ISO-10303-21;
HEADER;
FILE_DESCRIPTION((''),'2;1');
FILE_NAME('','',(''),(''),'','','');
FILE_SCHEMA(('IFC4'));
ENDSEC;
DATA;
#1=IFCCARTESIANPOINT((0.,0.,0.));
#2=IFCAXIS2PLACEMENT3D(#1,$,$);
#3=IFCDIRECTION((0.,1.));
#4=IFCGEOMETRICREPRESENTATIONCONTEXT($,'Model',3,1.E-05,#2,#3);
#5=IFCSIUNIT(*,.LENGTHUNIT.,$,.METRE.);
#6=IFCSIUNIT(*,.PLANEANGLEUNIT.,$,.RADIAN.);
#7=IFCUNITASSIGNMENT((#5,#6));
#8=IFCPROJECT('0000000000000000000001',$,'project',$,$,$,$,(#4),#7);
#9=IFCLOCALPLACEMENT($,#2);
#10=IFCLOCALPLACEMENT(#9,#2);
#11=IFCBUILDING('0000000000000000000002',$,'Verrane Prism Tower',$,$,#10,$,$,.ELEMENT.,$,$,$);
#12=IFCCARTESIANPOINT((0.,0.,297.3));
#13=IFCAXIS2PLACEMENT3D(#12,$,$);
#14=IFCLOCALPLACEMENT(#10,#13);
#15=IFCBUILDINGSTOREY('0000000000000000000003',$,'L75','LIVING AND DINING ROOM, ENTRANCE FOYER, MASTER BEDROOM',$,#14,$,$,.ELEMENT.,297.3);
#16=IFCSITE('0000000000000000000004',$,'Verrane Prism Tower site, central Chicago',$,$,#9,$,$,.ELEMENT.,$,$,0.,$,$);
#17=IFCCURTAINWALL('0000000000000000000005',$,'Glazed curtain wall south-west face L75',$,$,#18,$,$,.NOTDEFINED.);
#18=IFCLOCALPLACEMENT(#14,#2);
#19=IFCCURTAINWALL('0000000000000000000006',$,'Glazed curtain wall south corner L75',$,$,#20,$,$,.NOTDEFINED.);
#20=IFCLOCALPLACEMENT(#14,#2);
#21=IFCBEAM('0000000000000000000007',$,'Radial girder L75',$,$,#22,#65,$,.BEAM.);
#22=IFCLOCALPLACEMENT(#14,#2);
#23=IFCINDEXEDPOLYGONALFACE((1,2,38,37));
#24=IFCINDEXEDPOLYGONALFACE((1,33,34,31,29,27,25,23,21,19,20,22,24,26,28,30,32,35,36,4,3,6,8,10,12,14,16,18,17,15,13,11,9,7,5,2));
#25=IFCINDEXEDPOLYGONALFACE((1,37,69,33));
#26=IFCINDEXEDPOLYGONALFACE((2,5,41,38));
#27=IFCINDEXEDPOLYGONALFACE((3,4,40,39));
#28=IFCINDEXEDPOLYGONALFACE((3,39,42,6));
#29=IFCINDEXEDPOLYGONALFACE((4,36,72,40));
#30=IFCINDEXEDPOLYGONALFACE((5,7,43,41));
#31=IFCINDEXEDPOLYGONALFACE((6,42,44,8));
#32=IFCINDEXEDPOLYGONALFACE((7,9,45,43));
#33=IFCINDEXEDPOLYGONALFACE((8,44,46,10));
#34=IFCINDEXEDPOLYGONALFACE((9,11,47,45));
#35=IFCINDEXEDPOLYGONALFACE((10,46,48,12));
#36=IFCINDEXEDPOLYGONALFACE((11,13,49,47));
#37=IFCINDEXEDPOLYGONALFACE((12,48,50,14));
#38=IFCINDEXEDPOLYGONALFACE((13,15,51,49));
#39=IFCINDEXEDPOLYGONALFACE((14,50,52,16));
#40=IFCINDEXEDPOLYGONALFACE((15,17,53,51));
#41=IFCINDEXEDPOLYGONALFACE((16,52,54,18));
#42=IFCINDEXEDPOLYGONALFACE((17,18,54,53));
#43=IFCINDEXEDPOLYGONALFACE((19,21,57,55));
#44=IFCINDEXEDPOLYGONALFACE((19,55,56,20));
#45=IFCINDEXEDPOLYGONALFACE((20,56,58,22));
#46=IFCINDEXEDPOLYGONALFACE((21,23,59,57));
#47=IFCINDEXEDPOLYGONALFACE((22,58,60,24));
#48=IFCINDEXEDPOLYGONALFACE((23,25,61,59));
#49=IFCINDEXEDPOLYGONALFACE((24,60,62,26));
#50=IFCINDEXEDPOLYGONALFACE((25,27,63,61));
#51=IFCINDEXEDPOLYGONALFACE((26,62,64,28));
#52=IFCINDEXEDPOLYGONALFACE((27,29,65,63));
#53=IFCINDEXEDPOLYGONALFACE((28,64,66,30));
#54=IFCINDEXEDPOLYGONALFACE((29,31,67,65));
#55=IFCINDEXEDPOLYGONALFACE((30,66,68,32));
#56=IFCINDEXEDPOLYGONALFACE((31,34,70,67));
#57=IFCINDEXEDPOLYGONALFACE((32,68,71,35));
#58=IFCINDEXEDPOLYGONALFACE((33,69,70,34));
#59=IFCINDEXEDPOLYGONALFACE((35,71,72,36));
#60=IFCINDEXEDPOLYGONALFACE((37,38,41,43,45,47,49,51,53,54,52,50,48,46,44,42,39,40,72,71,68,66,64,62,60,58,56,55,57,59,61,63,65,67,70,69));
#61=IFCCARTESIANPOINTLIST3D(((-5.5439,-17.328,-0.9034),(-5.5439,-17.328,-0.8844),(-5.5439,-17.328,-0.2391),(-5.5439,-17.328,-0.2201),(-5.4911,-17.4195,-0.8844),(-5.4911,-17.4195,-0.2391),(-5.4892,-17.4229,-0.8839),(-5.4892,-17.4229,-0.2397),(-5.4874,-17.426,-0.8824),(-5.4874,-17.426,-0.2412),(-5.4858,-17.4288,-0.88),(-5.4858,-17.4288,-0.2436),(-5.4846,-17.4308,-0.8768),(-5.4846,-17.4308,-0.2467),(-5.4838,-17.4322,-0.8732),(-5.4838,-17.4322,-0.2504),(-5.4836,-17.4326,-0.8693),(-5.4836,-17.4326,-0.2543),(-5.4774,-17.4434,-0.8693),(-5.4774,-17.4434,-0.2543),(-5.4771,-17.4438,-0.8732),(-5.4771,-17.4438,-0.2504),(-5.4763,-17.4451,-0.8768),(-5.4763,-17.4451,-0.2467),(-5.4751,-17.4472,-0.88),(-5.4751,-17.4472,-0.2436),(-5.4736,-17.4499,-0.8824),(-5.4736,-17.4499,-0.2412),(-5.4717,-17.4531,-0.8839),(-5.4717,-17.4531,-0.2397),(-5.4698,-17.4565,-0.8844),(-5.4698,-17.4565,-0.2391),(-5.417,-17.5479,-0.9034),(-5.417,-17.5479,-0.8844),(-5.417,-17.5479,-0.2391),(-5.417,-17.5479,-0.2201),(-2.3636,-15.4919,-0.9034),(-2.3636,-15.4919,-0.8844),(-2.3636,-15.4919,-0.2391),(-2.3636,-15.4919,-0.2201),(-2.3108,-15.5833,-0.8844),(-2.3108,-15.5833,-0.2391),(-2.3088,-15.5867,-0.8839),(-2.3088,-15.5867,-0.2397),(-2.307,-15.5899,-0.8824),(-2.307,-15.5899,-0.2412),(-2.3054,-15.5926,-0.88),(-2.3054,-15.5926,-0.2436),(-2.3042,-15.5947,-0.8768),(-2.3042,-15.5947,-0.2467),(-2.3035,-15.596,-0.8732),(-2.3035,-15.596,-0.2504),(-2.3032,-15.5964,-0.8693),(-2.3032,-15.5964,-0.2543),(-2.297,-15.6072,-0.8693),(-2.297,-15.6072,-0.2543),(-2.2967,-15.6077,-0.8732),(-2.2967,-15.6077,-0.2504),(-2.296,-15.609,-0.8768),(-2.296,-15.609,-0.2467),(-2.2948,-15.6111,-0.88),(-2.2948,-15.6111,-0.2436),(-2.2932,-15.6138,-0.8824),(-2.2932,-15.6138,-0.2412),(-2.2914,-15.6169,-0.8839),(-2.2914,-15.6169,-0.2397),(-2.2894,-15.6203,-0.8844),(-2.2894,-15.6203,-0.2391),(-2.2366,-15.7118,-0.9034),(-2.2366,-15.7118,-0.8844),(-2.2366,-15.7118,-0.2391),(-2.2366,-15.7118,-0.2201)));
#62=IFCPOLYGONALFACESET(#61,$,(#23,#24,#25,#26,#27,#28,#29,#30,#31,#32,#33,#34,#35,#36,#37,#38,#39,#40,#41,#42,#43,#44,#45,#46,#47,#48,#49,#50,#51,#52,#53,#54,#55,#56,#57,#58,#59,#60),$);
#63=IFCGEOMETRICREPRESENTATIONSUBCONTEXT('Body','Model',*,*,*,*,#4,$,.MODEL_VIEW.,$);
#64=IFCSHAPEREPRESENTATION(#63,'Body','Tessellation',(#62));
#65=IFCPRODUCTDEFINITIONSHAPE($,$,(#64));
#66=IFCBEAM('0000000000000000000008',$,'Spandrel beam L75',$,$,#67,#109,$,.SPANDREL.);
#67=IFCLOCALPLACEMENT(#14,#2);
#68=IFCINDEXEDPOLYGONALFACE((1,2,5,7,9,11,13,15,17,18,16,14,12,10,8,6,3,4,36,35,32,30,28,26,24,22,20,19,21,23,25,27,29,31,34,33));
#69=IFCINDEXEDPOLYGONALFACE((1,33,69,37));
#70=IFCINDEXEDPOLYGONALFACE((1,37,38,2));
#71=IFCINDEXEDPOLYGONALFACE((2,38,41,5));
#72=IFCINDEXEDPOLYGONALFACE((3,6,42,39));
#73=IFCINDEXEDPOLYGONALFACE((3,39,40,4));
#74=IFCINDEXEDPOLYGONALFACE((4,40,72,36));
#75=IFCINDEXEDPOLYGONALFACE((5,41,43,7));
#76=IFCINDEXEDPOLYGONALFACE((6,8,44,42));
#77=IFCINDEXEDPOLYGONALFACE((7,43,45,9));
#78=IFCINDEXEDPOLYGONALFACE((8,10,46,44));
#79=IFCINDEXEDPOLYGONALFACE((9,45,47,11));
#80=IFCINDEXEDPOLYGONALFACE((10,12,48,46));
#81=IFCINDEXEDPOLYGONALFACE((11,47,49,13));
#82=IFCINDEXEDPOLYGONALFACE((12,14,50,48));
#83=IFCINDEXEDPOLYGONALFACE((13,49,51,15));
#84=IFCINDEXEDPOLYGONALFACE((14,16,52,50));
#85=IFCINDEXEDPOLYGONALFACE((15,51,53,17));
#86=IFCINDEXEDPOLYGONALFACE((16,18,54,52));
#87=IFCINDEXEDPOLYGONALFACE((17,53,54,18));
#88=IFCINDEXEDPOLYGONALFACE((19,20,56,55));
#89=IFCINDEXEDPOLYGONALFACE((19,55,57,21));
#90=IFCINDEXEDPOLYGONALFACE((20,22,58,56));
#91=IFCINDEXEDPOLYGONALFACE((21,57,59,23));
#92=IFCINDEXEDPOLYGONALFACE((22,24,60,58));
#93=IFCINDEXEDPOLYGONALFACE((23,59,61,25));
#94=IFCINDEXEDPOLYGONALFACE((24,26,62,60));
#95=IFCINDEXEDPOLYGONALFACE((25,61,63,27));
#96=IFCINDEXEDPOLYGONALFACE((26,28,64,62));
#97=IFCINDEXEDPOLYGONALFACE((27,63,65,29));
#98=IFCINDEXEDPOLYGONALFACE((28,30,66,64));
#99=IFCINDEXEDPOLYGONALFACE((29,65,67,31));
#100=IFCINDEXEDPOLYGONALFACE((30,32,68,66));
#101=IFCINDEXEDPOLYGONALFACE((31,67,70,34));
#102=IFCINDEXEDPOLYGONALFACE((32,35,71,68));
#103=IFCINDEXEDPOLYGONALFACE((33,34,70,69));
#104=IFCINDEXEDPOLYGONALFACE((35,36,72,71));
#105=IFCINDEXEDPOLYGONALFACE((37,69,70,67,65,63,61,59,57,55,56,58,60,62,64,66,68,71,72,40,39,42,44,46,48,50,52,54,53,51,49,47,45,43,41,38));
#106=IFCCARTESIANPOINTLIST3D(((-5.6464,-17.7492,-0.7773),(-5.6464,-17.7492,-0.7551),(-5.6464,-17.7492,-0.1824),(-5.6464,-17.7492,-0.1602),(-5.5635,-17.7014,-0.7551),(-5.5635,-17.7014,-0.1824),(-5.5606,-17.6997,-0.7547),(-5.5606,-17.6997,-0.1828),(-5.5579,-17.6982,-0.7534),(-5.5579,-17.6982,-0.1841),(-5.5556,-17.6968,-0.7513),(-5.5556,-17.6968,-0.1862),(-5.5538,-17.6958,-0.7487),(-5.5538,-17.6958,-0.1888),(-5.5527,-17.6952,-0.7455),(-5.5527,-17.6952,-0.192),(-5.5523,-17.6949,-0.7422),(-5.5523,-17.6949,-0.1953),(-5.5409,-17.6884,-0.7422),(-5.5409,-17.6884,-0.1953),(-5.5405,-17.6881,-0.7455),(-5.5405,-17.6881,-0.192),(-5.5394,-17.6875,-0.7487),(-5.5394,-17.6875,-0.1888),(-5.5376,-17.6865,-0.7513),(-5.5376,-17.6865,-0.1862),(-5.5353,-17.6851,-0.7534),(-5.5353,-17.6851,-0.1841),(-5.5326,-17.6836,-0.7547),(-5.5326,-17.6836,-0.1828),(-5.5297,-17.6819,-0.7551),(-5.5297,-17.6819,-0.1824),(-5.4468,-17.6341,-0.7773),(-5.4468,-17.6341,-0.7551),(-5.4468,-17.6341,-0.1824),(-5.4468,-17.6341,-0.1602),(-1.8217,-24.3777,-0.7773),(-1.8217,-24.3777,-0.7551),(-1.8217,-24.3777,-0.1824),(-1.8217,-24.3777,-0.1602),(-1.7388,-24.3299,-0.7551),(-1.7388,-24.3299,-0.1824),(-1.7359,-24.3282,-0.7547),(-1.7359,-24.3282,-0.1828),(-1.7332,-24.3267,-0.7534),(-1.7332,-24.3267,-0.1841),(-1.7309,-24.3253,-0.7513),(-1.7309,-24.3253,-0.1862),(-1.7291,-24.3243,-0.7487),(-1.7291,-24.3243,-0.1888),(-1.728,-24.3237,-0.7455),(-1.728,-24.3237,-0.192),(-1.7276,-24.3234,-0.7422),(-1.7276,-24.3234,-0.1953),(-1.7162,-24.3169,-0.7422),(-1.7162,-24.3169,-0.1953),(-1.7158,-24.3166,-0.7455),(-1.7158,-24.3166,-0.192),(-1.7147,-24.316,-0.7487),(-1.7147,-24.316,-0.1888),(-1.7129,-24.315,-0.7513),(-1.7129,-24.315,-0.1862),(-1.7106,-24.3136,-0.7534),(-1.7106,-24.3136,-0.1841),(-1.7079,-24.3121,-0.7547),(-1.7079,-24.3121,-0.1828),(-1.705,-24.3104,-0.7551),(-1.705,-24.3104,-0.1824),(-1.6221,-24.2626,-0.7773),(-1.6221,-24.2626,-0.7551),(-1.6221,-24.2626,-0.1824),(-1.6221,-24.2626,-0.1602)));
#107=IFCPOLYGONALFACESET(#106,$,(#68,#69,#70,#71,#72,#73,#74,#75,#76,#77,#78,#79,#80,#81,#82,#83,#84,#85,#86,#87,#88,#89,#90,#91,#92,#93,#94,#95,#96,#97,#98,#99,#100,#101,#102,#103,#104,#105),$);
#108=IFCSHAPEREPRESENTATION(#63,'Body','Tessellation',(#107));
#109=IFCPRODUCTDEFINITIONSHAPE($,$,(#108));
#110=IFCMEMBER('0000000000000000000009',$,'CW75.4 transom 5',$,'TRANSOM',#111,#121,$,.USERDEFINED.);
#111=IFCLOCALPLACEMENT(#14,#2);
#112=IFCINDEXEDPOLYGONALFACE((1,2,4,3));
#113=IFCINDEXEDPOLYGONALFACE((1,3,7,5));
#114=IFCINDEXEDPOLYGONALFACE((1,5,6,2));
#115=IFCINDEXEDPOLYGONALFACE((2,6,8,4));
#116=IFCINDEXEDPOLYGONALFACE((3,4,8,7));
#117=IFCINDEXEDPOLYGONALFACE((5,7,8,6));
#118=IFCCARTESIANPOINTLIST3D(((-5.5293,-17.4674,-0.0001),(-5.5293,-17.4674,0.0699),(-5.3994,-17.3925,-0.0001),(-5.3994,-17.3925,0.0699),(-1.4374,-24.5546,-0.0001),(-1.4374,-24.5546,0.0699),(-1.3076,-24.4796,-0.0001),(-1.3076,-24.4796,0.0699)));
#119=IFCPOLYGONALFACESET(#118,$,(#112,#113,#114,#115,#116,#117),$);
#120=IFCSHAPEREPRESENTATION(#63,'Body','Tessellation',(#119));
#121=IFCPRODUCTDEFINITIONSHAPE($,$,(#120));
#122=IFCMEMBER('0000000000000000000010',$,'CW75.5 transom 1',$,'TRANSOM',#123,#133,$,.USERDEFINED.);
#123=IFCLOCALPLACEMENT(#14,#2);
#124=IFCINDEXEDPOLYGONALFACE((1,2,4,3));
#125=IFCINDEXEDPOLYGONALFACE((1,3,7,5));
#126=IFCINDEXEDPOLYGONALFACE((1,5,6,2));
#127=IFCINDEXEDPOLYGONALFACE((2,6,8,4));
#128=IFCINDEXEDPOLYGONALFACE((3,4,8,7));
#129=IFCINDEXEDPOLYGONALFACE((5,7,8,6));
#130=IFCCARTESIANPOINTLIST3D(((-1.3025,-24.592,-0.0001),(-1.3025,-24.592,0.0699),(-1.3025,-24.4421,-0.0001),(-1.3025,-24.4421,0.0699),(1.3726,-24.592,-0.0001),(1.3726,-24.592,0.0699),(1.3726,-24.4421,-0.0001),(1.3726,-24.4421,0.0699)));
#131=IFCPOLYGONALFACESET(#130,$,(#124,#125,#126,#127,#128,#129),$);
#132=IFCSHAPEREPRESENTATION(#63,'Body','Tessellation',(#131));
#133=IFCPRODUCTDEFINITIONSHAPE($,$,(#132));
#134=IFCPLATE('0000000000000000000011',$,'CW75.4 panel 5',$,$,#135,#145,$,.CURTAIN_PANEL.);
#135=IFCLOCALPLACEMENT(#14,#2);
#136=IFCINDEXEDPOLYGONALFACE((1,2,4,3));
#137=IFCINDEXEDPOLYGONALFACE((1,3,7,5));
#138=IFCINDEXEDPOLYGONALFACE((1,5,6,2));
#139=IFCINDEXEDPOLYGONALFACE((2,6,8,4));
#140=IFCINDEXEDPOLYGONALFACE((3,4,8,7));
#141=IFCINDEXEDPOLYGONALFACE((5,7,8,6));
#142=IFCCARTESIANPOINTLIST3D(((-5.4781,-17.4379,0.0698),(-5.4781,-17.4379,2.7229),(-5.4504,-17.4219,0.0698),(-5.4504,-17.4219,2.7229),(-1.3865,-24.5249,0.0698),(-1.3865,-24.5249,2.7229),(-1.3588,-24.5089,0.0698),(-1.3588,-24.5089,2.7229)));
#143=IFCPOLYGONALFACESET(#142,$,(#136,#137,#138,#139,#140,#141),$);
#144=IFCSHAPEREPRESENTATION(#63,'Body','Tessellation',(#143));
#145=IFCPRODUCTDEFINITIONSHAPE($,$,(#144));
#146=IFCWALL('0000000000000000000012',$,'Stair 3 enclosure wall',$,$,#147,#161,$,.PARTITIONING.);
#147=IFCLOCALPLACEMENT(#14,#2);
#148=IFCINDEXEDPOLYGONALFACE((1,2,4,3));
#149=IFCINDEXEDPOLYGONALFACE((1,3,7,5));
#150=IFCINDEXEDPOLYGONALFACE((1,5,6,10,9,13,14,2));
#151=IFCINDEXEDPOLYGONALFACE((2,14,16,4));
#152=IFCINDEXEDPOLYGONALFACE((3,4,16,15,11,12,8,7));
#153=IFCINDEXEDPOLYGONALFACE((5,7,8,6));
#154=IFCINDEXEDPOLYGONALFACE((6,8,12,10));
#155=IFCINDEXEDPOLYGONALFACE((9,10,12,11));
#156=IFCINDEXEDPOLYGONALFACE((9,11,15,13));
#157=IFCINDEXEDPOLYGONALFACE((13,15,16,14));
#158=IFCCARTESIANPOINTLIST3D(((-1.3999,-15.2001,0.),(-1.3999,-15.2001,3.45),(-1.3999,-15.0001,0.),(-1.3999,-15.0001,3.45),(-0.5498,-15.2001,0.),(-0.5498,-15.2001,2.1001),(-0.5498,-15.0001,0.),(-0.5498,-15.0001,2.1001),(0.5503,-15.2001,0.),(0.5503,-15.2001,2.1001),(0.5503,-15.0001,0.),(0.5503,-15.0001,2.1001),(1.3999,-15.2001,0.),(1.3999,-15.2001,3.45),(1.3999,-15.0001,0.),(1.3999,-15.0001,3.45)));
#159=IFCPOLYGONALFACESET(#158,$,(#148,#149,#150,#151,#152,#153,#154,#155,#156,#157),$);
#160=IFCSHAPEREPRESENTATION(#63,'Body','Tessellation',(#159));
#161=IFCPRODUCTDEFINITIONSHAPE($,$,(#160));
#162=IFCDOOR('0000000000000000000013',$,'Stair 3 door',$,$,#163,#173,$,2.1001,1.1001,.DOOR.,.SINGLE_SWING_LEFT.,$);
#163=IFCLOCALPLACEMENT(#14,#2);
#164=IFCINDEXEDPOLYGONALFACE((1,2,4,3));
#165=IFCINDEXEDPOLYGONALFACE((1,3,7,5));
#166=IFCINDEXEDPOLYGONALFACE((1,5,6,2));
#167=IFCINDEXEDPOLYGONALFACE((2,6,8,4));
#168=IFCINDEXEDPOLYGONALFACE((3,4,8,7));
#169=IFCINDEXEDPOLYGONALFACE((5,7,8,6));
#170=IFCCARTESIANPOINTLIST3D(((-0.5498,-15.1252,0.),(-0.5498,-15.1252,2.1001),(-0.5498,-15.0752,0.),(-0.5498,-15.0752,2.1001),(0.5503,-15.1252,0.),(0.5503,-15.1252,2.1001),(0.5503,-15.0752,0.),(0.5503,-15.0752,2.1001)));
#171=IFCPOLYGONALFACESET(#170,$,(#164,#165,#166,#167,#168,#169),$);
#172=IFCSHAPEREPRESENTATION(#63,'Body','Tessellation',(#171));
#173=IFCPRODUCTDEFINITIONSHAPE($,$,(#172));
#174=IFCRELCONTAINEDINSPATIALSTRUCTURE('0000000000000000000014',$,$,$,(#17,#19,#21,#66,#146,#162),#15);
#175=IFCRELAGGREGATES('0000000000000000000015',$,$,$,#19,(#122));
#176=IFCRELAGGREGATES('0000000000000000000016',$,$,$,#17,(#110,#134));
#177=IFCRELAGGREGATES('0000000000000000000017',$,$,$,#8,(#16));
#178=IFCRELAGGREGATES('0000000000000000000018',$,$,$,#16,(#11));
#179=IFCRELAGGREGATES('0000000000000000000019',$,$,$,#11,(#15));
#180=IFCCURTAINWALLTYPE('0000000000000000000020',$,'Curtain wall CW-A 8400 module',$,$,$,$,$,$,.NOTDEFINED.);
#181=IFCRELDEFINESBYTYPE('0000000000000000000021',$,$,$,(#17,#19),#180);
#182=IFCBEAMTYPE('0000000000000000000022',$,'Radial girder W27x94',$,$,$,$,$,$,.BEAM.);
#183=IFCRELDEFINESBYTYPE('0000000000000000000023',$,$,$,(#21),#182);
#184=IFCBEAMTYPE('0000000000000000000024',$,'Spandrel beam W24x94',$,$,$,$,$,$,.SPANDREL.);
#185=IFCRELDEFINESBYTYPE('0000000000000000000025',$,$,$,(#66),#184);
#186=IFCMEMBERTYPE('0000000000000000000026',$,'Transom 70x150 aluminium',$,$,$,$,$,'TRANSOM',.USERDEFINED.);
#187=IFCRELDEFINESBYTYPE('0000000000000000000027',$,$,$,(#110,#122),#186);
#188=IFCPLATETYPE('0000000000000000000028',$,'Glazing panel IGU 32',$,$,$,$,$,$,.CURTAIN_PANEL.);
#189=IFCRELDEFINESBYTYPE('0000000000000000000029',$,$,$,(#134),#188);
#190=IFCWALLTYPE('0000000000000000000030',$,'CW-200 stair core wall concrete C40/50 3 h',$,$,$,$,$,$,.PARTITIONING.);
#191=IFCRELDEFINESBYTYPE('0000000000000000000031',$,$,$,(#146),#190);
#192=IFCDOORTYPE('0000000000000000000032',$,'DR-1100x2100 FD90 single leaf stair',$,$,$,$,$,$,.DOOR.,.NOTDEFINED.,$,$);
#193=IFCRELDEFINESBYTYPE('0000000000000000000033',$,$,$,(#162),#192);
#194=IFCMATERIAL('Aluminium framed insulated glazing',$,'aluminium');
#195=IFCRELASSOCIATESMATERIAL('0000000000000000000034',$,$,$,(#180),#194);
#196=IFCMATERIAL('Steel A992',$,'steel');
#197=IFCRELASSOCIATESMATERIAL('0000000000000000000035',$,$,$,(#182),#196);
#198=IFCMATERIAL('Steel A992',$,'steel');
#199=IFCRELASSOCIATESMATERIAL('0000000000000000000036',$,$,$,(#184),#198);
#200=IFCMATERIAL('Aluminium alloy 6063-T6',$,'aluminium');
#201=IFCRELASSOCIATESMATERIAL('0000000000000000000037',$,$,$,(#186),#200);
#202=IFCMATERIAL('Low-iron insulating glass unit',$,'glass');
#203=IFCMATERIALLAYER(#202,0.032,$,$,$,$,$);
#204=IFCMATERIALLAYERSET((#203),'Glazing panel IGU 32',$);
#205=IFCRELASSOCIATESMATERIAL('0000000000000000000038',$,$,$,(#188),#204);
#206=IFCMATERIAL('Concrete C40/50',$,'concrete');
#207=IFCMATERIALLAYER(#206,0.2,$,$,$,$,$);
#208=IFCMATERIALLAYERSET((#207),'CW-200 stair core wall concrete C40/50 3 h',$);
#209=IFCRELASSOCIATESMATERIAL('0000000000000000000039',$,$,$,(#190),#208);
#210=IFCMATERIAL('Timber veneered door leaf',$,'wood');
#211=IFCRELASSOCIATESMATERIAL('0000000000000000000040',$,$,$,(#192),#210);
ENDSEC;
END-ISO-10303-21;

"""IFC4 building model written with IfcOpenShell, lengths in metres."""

from ifc_helpers import new_model, si_unit, direction, frame, frame_2d, origin, origin_2d, place, context, subcontext, project, spatial, rectangle, i_section, extrude, material, layer, layer_set, material_profile, profile_set, type_object, element, fill, aggregate, save


model = new_model("IFC4")

# Units and contexts
model_context = context("Model", 3, precision=1e-05, world=origin(), true_north=direction((0.0, 1.0)))
body_context = subcontext(model_context, "Body", "Model", "MODEL_VIEW")
ifc_project = project(units=[si_unit("LENGTHUNIT", "METRE"), si_unit("PLANEANGLEUNIT", "RADIAN")], contexts=[model_context])

# Site, building, storey
site_placement = place(None, origin())
site = spatial("IfcSite", under=ifc_project, at=site_placement, Name="Verrane Prism Tower site, central Chicago", CompositionType="ELEMENT", RefElevation=0.0)
building_placement = place(site_placement, origin())
building = spatial("IfcBuilding", under=site, at=building_placement, Name="Verrane Prism Tower", CompositionType="ELEMENT")
storey_placement = place(building_placement, frame((0.0, 0.0, 297.3)))
storey = spatial("IfcBuildingStorey", under=building, at=storey_placement, Name="L75", Description="LIVING AND DINING ROOM, ENTRANCE FOYER, MASTER BEDROOM", CompositionType="ELEMENT", Elevation=297.3)

# Curtain walls
ifc_material_1 = material(Name="Aluminium framed insulated glazing", Category="aluminium")
curtain_wall_type = type_object("IfcCurtainWallType", Name="Curtain wall CW-A 8400 module", PredefinedType="NOTDEFINED", material=ifc_material_1)
curtain_wall_1_placement = place(storey_placement, origin())
curtain_wall_1 = element("IfcCurtainWall", 1, at=curtain_wall_1_placement, inside=storey, type_object=curtain_wall_type, Name="Glazed curtain wall south-west face L75", PredefinedType="NOTDEFINED")
curtain_wall_2_placement = place(storey_placement, origin())
curtain_wall_2 = element("IfcCurtainWall", 2, at=curtain_wall_2_placement, inside=storey, type_object=curtain_wall_type, Name="Glazed curtain wall south corner L75", PredefinedType="NOTDEFINED")

# Beams
ifc_material_2 = material(Name="Steel A992", Category="steel")
ifc_material_profile_1 = material_profile(ifc_material_2, i_section(OverallWidth=0.2539, OverallDepth=0.6833, WebThickness=0.0125, FlangeThickness=0.019, FilletRadius=0.0151, at=origin_2d()), Name="W27x94")
ifc_profile_set_1 = profile_set([ifc_material_profile_1], Name="Steel A992")
beam_type_1 = type_object("IfcBeamType", Name="Radial girder W27x94", PredefinedType="BEAM", material=ifc_profile_set_1)
beam_1_placement = place(storey_placement, frame((-5.4805, -17.438, -0.5618), z_axis=(0.866029, 0.499993, 0.0), x_axis=(-0.499993, 0.866029, 0.0)))
element("IfcBeam", 3, at=beam_1_placement, inside=storey, type_object=beam_type_1, Name="Radial girder L75", PredefinedType="BEAM", context=body_context, shape_type="SweptSolid", body=[
    extrude(i_section(OverallWidth=0.2539, OverallDepth=0.6833, WebThickness=0.0125, FlangeThickness=0.019, FilletRadius=0.0151, at=origin_2d()), origin(), (0.0, 0.0, 1.0), 3.6724),
])
ifc_material_3 = material(Name="Steel A992", Category="steel")
ifc_material_profile_2 = material_profile(ifc_material_3, i_section(OverallWidth=0.2305, OverallDepth=0.6172, WebThickness=0.0132, FlangeThickness=0.0222, FilletRadius=0.0129, at=origin_2d()), Name="W24x94")
ifc_profile_set_2 = profile_set([ifc_material_profile_2], Name="Steel A992")
beam_type_2 = type_object("IfcBeamType", Name="Spandrel beam W24x94", PredefinedType="SPANDREL", material=ifc_profile_set_2)
beam_2_placement = place(storey_placement, frame((-5.5466, -17.6917, -0.4688), z_axis=(0.499783, -0.866151, 0.0), x_axis=(0.866151, 0.499783, 0.0)))
element("IfcBeam", 4, at=beam_2_placement, inside=storey, type_object=beam_type_2, Name="Spandrel beam L75", PredefinedType="SPANDREL", context=body_context, shape_type="SweptSolid", body=[
    extrude(i_section(OverallWidth=0.2305, OverallDepth=0.6172, WebThickness=0.0132, FlangeThickness=0.0222, FilletRadius=0.0129, at=origin_2d()), origin(), (0.0, 0.0, 1.0), 7.6528),
])

# Members
ifc_material_4 = material(Name="Aluminium alloy 6063-T6", Category="aluminium")
ifc_material_profile_3 = material_profile(ifc_material_4, rectangle(XDim=0.1499, YDim=0.0701, at=origin_2d()), Name="Transom 70x150 aluminium")
ifc_profile_set_3 = profile_set([ifc_material_profile_3], Name="Aluminium alloy 6063-T6")
member_type_1 = type_object("IfcMemberType", Name="Transom 70x150 aluminium", ElementType="TRANSOM", PredefinedType="USERDEFINED", material=ifc_profile_set_3)
member_1_placement = place(storey_placement, frame((-5.4644, -17.4299, 0.0349), z_axis=(0.500002, -0.866024, 0.0), x_axis=(0.866024, 0.500002, 0.0)))
member_1 = element("IfcMember", 5, at=member_1_placement, type_object=member_type_1, Name="CW75.4 transom 5", ObjectType="TRANSOM", PredefinedType="USERDEFINED", context=body_context, shape_type="SweptSolid", body=[
    extrude(rectangle(XDim=0.1499, YDim=0.0701, at=origin_2d()), origin(), (0.0, 0.0, 1.0), 8.1836),
])
member_2_placement = place(storey_placement, frame((-1.3025, -24.5171, 0.0349), z_axis=(1.0, 0.0, 0.0), x_axis=(0.0, 1.0, 0.0)))
member_2 = element("IfcMember", 6, at=member_2_placement, type_object=member_type_1, Name="CW75.5 transom 1", ObjectType="TRANSOM", PredefinedType="USERDEFINED", context=body_context, shape_type="SweptSolid", body=[
    extrude(rectangle(XDim=0.1499, YDim=0.0701, at=origin_2d()), origin(), (0.0, 0.0, 1.0), 2.675),
])
aggregate(curtain_wall_2, [member_2])

# Plate
ifc_material_5 = material(Name="Low-iron insulating glass unit", Category="glass")
ifc_layer_1 = layer(ifc_material_5, 0.032)
ifc_layer_set_1 = layer_set([ifc_layer_1], Name="Glazing panel IGU 32")
plate_type = type_object("IfcPlateType", Name="Glazing panel IGU 32", PredefinedType="CURTAIN_PANEL", material=ifc_layer_set_1)
plate_placement = place(storey_placement, frame((-3.4185, -20.9734, 0.0698), z_axis=(0.0, 0.0, 1.0), x_axis=(0.500001, -0.866025, 0.0)))
plate = element("IfcPlate", 7, at=plate_placement, type_object=plate_type, Name="CW75.4 panel 5", PredefinedType="CURTAIN_PANEL", context=body_context, shape_type="SweptSolid", body=[
    extrude(rectangle(XDim=8.1833, YDim=0.032, at=origin_2d()), origin(), (0.0, 0.0, 1.0), 2.6531),
])
aggregate(curtain_wall_1, [member_1, plate])

# Wall, opening, door
ifc_material_6 = material(Name="Concrete C40/50", Category="concrete")
ifc_layer_2 = layer(ifc_material_6, 0.2)
ifc_layer_set_2 = layer_set([ifc_layer_2], Name="CW-200 stair core wall concrete C40/50 3 h")
wall_type_1 = type_object("IfcWallType", Name="CW-200 stair core wall concrete C40/50 3 h", PredefinedType="PARTITIONING", material=ifc_layer_set_2)
wall_1_placement = place(storey_placement, frame((-1.3999, -15.1001, 0.0), z_axis=(0.0, 0.0, 1.0), x_axis=(1.0, 0.0, 0.0)))
wall_1 = element("IfcWall", 8, at=wall_1_placement, inside=storey, type_object=wall_type_1, Name="Stair 3 enclosure wall", PredefinedType="PARTITIONING", context=body_context, shape_type="SweptSolid", body=[
    extrude(rectangle(XDim=2.7998, YDim=0.2, at=frame_2d((1.3999, 0.0))), origin(), (0.0, 0.0, 1.0), 3.45),
])
opening_1_placement = place(wall_1_placement, frame((0.8501, 0.0, 0.0)))
opening_1 = element("IfcOpeningElement", 9, at=opening_1_placement, cuts=wall_1, PredefinedType="OPENING", context=body_context, shape_type="SweptSolid", body=[
    extrude(rectangle(XDim=1.1001, YDim=2.1001, at=frame_2d((0.55, 1.05))), frame((0.0, 0.1099, 0.0), z_axis=(0.0, -1.0, 0.0), x_axis=(1.0, 0.0, 0.0)), (0.0, 0.0, 1.0), 0.22),
])
ifc_material_7 = material(Name="Timber veneered door leaf", Category="wood")
door_type_1 = type_object("IfcDoorType", Name="DR-1100x2100 FD90 single leaf stair", OperationType="NOTDEFINED", PredefinedType="DOOR", material=ifc_material_7)
door_1_placement = place(opening_1_placement, origin())
door_1 = element("IfcDoor", 10, at=door_1_placement, inside=storey, type_object=door_type_1, Name="Stair 3 door", OperationType="SINGLE_SWING_LEFT", OverallHeight=2.1001, OverallWidth=1.1001, PredefinedType="DOOR", context=body_context, shape_type="SweptSolid", body=[
    extrude(rectangle(XDim=1.1001, YDim=2.1001, at=frame_2d((0.55, 1.05))), frame((0.0, 0.0249, 0.0), z_axis=(0.0, -1.0, 0.0), x_axis=(1.0, 0.0, 0.0)), (0.0, 0.0, 1.0), 0.05),
])
fill(opening_1, door_1)

save(model, "model.ifc")
